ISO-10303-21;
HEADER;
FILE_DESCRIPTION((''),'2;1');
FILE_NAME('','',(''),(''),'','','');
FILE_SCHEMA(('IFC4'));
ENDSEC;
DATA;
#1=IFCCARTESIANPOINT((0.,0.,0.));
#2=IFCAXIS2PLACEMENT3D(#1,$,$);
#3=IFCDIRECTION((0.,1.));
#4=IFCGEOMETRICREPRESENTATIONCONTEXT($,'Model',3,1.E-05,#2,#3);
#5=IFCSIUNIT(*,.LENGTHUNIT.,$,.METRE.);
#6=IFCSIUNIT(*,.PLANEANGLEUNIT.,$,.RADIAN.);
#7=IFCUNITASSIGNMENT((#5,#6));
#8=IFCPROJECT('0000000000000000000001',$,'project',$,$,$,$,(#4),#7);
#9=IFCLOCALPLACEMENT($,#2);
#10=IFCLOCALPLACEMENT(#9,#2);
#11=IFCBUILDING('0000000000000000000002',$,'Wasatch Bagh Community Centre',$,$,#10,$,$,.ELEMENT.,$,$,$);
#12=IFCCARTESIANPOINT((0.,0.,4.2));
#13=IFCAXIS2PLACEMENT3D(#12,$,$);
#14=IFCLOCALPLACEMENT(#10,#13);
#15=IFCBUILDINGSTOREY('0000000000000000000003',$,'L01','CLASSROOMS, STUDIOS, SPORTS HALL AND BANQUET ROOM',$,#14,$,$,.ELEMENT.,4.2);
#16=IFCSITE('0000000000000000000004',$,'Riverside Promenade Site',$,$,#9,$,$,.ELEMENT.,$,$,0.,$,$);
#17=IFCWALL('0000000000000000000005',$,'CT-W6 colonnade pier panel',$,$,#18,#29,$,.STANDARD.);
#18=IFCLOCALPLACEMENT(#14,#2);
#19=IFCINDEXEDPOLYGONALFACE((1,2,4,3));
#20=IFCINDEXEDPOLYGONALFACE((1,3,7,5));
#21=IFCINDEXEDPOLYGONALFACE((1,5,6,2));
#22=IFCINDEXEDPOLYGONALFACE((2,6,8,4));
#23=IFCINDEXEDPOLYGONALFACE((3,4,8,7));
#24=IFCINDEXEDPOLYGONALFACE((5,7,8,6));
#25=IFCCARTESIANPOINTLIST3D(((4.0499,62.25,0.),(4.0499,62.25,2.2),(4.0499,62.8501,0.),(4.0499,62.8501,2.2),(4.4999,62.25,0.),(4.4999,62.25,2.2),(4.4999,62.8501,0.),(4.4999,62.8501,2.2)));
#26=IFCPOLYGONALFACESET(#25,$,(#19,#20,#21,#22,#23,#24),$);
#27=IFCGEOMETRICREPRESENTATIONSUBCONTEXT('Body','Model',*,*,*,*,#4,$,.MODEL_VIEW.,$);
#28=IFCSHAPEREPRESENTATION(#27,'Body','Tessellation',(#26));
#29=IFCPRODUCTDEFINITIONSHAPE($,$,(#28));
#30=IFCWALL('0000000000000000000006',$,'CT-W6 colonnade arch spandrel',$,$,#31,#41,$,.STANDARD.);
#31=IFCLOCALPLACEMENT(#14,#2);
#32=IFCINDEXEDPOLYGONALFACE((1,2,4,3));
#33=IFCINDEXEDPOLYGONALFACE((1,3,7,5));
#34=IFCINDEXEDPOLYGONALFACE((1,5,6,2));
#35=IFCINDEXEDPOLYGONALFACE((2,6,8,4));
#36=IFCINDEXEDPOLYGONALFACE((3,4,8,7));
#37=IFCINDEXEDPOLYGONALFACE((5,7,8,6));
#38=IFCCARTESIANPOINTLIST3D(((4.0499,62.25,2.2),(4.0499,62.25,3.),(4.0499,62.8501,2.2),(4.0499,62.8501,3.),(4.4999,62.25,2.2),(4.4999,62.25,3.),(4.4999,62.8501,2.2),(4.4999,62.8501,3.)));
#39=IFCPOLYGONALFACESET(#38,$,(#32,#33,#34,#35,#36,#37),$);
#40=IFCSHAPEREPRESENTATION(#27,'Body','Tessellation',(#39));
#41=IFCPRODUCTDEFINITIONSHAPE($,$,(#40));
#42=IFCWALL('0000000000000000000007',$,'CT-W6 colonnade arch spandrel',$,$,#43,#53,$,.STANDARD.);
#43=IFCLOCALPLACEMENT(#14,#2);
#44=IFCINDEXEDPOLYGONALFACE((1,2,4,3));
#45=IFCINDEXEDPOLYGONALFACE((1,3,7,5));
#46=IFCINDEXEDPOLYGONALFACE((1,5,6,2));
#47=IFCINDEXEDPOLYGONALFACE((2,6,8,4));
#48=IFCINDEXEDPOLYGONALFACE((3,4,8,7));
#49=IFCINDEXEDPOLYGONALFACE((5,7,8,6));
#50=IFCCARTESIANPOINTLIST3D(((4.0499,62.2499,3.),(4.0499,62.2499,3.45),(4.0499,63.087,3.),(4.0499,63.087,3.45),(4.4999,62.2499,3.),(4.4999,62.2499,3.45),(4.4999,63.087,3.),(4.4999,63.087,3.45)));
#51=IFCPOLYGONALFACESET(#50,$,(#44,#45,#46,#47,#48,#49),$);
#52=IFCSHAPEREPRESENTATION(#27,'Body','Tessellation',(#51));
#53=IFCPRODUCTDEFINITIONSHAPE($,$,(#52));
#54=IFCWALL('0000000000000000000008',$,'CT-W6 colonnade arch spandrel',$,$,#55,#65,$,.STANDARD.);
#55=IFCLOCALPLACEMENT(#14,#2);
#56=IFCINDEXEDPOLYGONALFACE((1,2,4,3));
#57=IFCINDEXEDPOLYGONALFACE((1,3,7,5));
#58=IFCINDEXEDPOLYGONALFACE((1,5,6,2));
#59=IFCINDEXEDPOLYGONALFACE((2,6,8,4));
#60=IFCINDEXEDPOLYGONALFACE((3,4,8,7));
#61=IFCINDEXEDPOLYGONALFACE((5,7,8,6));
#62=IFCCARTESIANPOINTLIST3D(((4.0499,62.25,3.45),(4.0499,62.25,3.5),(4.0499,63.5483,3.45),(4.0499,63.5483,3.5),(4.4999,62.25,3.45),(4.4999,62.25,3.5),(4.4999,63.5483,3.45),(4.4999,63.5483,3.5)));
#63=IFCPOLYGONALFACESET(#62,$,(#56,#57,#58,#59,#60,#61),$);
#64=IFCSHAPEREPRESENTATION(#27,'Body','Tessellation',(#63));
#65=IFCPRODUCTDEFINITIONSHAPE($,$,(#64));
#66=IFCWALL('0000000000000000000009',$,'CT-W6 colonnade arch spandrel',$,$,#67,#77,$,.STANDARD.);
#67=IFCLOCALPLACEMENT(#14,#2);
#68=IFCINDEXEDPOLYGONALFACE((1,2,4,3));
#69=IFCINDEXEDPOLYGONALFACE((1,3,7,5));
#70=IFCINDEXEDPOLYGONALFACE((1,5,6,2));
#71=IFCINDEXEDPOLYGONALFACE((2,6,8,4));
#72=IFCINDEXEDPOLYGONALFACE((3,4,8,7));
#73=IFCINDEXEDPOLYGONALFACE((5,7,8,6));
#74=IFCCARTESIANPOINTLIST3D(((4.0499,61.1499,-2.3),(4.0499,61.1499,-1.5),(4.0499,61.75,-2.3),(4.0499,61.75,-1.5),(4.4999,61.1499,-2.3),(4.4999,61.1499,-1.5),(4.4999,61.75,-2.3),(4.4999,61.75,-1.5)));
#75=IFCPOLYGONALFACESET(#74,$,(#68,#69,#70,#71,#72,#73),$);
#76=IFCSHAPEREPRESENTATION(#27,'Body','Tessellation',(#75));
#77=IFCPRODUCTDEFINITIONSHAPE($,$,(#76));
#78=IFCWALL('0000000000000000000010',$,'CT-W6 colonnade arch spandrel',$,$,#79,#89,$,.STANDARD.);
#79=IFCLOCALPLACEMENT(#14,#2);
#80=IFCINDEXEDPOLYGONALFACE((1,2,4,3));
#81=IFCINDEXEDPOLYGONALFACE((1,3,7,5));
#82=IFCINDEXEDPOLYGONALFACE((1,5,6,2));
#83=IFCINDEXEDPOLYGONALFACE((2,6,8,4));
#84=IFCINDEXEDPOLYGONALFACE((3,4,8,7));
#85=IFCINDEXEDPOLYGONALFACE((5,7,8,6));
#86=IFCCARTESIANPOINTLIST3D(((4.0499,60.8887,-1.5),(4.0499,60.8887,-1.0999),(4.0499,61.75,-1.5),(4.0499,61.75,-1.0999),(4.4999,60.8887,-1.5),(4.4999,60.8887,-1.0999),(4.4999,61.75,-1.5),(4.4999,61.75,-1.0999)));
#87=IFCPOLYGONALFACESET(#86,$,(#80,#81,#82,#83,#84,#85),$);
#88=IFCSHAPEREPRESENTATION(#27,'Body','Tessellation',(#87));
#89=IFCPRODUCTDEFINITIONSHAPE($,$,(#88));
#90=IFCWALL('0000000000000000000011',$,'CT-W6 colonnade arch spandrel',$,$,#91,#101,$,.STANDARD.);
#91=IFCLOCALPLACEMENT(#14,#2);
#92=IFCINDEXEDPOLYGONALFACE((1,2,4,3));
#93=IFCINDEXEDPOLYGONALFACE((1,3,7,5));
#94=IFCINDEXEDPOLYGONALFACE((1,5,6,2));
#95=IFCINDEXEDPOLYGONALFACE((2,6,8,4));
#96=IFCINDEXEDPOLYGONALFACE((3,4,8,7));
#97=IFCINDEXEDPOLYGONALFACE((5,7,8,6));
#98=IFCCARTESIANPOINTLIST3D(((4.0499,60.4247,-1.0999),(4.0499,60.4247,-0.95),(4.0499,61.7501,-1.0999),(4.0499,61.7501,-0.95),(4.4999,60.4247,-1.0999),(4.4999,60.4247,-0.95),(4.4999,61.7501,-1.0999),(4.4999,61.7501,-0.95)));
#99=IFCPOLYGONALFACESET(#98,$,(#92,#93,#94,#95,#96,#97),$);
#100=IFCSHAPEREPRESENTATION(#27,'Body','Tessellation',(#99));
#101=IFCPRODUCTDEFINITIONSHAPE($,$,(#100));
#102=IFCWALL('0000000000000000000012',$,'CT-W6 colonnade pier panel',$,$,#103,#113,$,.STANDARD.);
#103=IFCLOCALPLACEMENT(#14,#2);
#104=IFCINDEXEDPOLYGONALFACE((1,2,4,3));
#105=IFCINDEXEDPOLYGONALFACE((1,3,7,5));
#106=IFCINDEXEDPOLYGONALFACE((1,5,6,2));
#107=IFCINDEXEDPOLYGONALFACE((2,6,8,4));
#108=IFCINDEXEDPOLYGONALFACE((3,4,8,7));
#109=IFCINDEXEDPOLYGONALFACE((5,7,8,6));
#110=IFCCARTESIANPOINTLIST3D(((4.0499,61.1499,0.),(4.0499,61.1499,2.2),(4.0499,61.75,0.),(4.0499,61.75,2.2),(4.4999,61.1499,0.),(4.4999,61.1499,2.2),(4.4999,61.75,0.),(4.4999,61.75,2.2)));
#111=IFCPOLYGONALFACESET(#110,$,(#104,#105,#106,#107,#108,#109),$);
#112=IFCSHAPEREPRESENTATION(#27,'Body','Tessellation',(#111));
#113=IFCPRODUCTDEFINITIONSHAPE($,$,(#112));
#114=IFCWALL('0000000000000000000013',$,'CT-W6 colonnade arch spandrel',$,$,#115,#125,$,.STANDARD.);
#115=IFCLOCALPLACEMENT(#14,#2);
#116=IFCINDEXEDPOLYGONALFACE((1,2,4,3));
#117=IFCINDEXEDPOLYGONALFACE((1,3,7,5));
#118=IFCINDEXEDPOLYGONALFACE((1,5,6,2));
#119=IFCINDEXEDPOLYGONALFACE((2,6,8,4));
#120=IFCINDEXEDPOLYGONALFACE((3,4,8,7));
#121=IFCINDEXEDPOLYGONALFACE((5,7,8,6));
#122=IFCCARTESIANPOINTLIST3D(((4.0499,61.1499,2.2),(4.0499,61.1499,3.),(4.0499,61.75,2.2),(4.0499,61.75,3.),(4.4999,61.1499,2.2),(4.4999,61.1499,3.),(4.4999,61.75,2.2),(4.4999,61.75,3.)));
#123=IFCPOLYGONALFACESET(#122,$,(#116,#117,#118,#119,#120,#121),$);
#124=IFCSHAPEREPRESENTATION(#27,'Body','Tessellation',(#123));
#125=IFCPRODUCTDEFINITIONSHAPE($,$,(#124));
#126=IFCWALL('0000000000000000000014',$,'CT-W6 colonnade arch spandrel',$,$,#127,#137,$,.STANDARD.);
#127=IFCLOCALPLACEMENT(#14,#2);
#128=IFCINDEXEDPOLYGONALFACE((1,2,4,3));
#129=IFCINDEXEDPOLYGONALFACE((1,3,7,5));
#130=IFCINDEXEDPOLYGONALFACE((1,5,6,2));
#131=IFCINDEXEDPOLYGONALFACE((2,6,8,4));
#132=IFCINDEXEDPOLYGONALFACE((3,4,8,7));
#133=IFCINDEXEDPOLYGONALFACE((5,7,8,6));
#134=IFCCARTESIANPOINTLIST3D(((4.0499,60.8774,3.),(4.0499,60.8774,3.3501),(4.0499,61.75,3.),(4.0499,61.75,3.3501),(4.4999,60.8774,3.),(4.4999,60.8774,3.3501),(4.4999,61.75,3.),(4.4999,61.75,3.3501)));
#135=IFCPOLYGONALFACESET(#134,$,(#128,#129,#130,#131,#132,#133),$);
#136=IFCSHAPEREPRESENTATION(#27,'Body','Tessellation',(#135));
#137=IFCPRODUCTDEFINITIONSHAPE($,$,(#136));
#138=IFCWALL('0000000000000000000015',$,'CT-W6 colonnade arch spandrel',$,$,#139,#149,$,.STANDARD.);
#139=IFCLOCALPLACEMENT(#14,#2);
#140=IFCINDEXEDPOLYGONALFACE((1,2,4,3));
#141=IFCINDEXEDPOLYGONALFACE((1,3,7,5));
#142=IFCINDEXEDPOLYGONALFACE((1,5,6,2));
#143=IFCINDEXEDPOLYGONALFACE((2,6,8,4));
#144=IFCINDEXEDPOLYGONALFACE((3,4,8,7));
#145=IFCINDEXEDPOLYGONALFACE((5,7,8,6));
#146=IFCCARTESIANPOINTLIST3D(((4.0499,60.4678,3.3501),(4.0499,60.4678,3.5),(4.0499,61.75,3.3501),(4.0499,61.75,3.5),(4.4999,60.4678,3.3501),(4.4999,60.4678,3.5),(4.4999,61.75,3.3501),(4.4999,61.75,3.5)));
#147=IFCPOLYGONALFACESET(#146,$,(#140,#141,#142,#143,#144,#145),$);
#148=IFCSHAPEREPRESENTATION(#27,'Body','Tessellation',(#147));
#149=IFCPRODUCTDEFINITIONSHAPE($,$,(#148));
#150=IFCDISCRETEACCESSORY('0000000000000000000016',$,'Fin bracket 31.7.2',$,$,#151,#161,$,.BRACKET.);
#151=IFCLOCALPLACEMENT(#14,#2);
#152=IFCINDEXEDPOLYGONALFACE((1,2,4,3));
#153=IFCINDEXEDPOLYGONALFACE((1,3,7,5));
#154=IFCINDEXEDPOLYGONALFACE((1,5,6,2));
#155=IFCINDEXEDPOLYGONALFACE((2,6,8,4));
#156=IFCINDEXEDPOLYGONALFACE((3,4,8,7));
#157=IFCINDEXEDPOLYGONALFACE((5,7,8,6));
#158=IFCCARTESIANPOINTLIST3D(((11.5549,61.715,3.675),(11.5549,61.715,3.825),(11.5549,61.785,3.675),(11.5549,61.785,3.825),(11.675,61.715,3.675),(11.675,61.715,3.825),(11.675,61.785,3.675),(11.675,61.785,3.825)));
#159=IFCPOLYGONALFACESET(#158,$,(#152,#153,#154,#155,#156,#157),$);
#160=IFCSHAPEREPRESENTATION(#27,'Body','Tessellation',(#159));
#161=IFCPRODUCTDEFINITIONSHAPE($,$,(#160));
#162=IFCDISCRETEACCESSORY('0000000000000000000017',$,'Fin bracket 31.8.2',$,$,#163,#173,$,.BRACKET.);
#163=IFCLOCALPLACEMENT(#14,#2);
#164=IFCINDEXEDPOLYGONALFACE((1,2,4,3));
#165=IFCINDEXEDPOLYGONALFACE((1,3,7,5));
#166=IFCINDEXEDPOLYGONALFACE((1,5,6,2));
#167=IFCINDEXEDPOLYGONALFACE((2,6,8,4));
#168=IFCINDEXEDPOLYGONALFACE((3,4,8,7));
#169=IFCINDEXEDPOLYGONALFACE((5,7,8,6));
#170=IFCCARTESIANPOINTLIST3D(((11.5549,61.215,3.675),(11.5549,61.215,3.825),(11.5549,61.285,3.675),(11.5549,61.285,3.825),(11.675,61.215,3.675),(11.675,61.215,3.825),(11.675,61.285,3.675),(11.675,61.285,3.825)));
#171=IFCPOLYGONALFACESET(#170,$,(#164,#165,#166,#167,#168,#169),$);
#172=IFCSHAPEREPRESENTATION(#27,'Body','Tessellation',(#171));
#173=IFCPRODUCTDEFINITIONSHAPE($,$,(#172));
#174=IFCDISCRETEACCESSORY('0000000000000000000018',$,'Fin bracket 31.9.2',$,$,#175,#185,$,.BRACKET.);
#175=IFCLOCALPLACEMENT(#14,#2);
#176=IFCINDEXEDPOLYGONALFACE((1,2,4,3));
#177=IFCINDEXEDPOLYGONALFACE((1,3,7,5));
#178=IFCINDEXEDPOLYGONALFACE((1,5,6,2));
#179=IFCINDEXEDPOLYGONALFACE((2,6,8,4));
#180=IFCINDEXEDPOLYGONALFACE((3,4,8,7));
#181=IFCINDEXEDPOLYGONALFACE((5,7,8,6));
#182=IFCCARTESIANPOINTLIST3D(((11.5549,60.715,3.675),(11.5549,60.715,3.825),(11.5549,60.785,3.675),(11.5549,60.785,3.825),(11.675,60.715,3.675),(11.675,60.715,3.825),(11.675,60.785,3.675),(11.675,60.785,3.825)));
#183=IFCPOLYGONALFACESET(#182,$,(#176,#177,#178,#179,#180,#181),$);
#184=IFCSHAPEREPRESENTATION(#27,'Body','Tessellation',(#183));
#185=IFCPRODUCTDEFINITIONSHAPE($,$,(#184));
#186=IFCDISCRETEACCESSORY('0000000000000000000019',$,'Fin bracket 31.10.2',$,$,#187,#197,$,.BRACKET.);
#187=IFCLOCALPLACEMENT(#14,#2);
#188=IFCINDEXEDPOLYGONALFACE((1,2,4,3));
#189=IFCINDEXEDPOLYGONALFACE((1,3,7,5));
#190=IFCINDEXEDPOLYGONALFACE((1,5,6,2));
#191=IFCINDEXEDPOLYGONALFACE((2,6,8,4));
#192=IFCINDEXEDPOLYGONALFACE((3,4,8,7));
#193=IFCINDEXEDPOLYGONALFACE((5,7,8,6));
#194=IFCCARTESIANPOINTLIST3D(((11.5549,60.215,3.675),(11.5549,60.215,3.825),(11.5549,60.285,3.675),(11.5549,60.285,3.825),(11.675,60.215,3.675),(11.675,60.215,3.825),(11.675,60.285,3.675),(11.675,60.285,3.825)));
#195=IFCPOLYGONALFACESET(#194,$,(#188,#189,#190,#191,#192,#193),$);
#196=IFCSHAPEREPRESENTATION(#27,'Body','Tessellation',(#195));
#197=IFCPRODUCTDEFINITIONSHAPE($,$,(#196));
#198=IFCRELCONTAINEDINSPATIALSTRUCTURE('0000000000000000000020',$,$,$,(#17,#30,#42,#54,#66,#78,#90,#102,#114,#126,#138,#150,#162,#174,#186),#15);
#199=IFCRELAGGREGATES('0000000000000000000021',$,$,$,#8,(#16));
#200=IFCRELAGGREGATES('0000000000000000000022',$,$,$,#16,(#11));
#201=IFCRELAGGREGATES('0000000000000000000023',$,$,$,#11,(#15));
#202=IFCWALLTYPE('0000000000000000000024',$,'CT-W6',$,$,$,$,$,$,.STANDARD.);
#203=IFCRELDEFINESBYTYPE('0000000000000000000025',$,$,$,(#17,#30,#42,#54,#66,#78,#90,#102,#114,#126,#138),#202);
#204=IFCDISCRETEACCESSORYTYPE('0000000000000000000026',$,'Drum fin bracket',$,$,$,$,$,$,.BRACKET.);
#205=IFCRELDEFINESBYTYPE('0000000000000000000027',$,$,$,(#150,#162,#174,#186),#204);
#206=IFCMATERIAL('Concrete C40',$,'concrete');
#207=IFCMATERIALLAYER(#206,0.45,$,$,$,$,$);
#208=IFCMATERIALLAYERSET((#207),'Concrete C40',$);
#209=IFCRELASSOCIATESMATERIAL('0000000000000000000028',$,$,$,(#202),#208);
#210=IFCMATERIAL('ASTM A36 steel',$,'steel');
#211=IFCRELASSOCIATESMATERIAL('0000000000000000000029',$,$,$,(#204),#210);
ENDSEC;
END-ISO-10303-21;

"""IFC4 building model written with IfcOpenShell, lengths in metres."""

from ifc_helpers import new_model, si_unit, direction, frame, frame_2d, origin, origin_2d, place, context, subcontext, project, spatial, rectangle, extrude, material, layer, layer_set, type_object, element, save


model = new_model("IFC4")

# Units and contexts
model_context = context("Model", 3, precision=1e-05, world=origin(), true_north=direction((0.0, 1.0)))
body_context = subcontext(model_context, "Body", "Model", "MODEL_VIEW")
ifc_project = project(units=[si_unit("LENGTHUNIT", "METRE"), si_unit("PLANEANGLEUNIT", "RADIAN")], contexts=[model_context])

# Site, building, storey
site_placement = place(None, origin())
site = spatial("IfcSite", under=ifc_project, at=site_placement, Name="Riverside Promenade Site", CompositionType="ELEMENT", RefElevation=0.0)
building_placement = place(site_placement, origin())
building = spatial("IfcBuilding", under=site, at=building_placement, Name="Wasatch Bagh Community Centre", CompositionType="ELEMENT")
storey_placement = place(building_placement, frame((0.0, 0.0, 4.2)))
storey = spatial("IfcBuildingStorey", under=building, at=storey_placement, Name="L01", Description="CLASSROOMS, STUDIOS, SPORTS HALL AND BANQUET ROOM", CompositionType="ELEMENT", Elevation=4.2)

# Shared definitions
ifc_material_1 = material(Name="Concrete C40", Category="concrete")

# Walls
ifc_layer_1 = layer(ifc_material_1, 0.45)
ifc_layer_set_1 = layer_set([ifc_layer_1], Name="Concrete C40")
wall_type = type_object("IfcWallType", Name="CT-W6", PredefinedType="STANDARD", material=ifc_layer_set_1)
wall_1_placement = place(storey_placement, frame((4.2749, 62.25, 0.0), z_axis=(0.0, 0.0, 1.0), x_axis=(0.0, 1.0, 0.0)))
element("IfcWall", 1, at=wall_1_placement, inside=storey, type_object=wall_type, Name="CT-W6 colonnade pier panel", PredefinedType="STANDARD", context=body_context, shape_type="SweptSolid", body=[
    extrude(rectangle(XDim=0.6001, YDim=0.45, at=frame_2d((0.3, 0.0))), origin(), (0.0, 0.0, 1.0), 2.2),
])
wall_2_placement = place(storey_placement, frame((4.2749, 62.25, 2.2), z_axis=(0.0, 0.0, 1.0), x_axis=(0.0, 1.0, 0.0)))
element("IfcWall", 2, at=wall_2_placement, inside=storey, type_object=wall_type, Name="CT-W6 colonnade arch spandrel", PredefinedType="STANDARD", context=body_context, shape_type="SweptSolid", body=[
    extrude(rectangle(XDim=0.6001, YDim=0.45, at=frame_2d((0.3, 0.0))), origin(), (0.0, 0.0, 1.0), 0.8),
])
wall_3_placement = place(storey_placement, frame((4.2749, 62.25, 3.0), z_axis=(0.0, 0.0, 1.0), x_axis=(0.0, 1.0, 0.0)))
element("IfcWall", 3, at=wall_3_placement, inside=storey, type_object=wall_type, Name="CT-W6 colonnade arch spandrel", PredefinedType="STANDARD", context=body_context, shape_type="SweptSolid", body=[
    extrude(rectangle(XDim=0.8372, YDim=0.45, at=frame_2d((0.4185, 0.0))), origin(), (0.0, 0.0, 1.0), 0.45),
])
wall_4_placement = place(storey_placement, frame((4.2749, 62.25, 3.45), z_axis=(0.0, 0.0, 1.0), x_axis=(0.0, 1.0, 0.0)))
element("IfcWall", 4, at=wall_4_placement, inside=storey, type_object=wall_type, Name="CT-W6 colonnade arch spandrel", PredefinedType="STANDARD", context=body_context, shape_type="SweptSolid", body=[
    extrude(rectangle(XDim=1.2983, YDim=0.45, at=frame_2d((0.6492, 0.0))), origin(), (0.0, 0.0, 1.0), 0.05),
])
wall_5_placement = place(storey_placement, frame((4.2749, 61.75, -2.3), z_axis=(0.0, 0.0, 1.0), x_axis=(0.0, -1.0, 0.0)))
element("IfcWall", 5, at=wall_5_placement, inside=storey, type_object=wall_type, Name="CT-W6 colonnade arch spandrel", PredefinedType="STANDARD", context=body_context, shape_type="SweptSolid", body=[
    extrude(rectangle(XDim=0.6001, YDim=0.45, at=frame_2d((0.3, 0.0))), origin(), (0.0, 0.0, 1.0), 0.8),
])
wall_6_placement = place(storey_placement, frame((4.2749, 61.75, -1.5), z_axis=(0.0, 0.0, 1.0), x_axis=(0.0, -1.0, 0.0)))
element("IfcWall", 6, at=wall_6_placement, inside=storey, type_object=wall_type, Name="CT-W6 colonnade arch spandrel", PredefinedType="STANDARD", context=body_context, shape_type="SweptSolid", body=[
    extrude(rectangle(XDim=0.8613, YDim=0.45, at=frame_2d((0.4307, 0.0))), origin(), (0.0, 0.0, 1.0), 0.4001),
])
wall_7_placement = place(storey_placement, frame((4.2749, 61.75, -1.0999), z_axis=(0.0, 0.0, 1.0), x_axis=(0.0, -1.0, 0.0)))
element("IfcWall", 7, at=wall_7_placement, inside=storey, type_object=wall_type, Name="CT-W6 colonnade arch spandrel", PredefinedType="STANDARD", context=body_context, shape_type="SweptSolid", body=[
    extrude(rectangle(XDim=1.3254, YDim=0.45, at=frame_2d((0.6626, 0.0))), origin(), (0.0, 0.0, 1.0), 0.1499),
])
wall_8_placement = place(storey_placement, frame((4.2749, 61.75, 0.0), z_axis=(0.0, 0.0, 1.0), x_axis=(0.0, -1.0, 0.0)))
element("IfcWall", 8, at=wall_8_placement, inside=storey, type_object=wall_type, Name="CT-W6 colonnade pier panel", PredefinedType="STANDARD", context=body_context, shape_type="SweptSolid", body=[
    extrude(rectangle(XDim=0.6001, YDim=0.45, at=frame_2d((0.3, 0.0))), origin(), (0.0, 0.0, 1.0), 2.2),
])
wall_9_placement = place(storey_placement, frame((4.2749, 61.75, 2.2), z_axis=(0.0, 0.0, 1.0), x_axis=(0.0, -1.0, 0.0)))
element("IfcWall", 9, at=wall_9_placement, inside=storey, type_object=wall_type, Name="CT-W6 colonnade arch spandrel", PredefinedType="STANDARD", context=body_context, shape_type="SweptSolid", body=[
    extrude(rectangle(XDim=0.6001, YDim=0.45, at=frame_2d((0.3, 0.0))), origin(), (0.0, 0.0, 1.0), 0.8),
])
wall_10_placement = place(storey_placement, frame((4.2749, 61.75, 3.0), z_axis=(0.0, 0.0, 1.0), x_axis=(0.0, -1.0, 0.0)))
element("IfcWall", 10, at=wall_10_placement, inside=storey, type_object=wall_type, Name="CT-W6 colonnade arch spandrel", PredefinedType="STANDARD", context=body_context, shape_type="SweptSolid", body=[
    extrude(rectangle(XDim=0.8726, YDim=0.45, at=frame_2d((0.4363, 0.0))), origin(), (0.0, 0.0, 1.0), 0.3501),
])
wall_11_placement = place(storey_placement, frame((4.2749, 61.75, 3.3501), z_axis=(0.0, 0.0, 1.0), x_axis=(0.0, -1.0, 0.0)))
element("IfcWall", 11, at=wall_11_placement, inside=storey, type_object=wall_type, Name="CT-W6 colonnade arch spandrel", PredefinedType="STANDARD", context=body_context, shape_type="SweptSolid", body=[
    extrude(rectangle(XDim=1.2822, YDim=0.45, at=frame_2d((0.6411, 0.0))), origin(), (0.0, 0.0, 1.0), 0.1499),
])

# Discrete accessories
ifc_material_2 = material(Name="ASTM A36 steel", Category="steel")
discrete_accessory_type = type_object("IfcDiscreteAccessoryType", Name="Drum fin bracket", PredefinedType="BRACKET", material=ifc_material_2)
for number, where, z_axis, x_axis, name in (
    (12, (11.615, 61.75, 3.675), (0.0, 0.0, 1.0), (0.0, -1.0, 0.0), "Fin bracket 31.7.2"),
    (13, (11.615, 61.25, 3.675), (0.0, 0.0, 1.0), (0.0, -1.0, 0.0), "Fin bracket 31.8.2"),
    (14, (11.615, 60.75, 3.675), (0.0, 0.0, 1.0), (0.0, -1.0, 0.0), "Fin bracket 31.9.2"),
    (15, (11.615, 60.25, 3.675), (0.0, 0.0, 1.0), (0.0, -1.0, 0.0), "Fin bracket 31.10.2"),
):
    element("IfcDiscreteAccessory", number, at=place(storey_placement, frame(where, z_axis=z_axis, x_axis=x_axis)), inside=storey, type_object=discrete_accessory_type, Name=name, PredefinedType="BRACKET", context=body_context, shape_type="SweptSolid", body=[
        extrude(rectangle(XDim=0.0701, YDim=0.1201, at=origin_2d()), origin(), (0.0, 0.0, 1.0), 0.1499),
    ])

save(model, "model.ifc")
